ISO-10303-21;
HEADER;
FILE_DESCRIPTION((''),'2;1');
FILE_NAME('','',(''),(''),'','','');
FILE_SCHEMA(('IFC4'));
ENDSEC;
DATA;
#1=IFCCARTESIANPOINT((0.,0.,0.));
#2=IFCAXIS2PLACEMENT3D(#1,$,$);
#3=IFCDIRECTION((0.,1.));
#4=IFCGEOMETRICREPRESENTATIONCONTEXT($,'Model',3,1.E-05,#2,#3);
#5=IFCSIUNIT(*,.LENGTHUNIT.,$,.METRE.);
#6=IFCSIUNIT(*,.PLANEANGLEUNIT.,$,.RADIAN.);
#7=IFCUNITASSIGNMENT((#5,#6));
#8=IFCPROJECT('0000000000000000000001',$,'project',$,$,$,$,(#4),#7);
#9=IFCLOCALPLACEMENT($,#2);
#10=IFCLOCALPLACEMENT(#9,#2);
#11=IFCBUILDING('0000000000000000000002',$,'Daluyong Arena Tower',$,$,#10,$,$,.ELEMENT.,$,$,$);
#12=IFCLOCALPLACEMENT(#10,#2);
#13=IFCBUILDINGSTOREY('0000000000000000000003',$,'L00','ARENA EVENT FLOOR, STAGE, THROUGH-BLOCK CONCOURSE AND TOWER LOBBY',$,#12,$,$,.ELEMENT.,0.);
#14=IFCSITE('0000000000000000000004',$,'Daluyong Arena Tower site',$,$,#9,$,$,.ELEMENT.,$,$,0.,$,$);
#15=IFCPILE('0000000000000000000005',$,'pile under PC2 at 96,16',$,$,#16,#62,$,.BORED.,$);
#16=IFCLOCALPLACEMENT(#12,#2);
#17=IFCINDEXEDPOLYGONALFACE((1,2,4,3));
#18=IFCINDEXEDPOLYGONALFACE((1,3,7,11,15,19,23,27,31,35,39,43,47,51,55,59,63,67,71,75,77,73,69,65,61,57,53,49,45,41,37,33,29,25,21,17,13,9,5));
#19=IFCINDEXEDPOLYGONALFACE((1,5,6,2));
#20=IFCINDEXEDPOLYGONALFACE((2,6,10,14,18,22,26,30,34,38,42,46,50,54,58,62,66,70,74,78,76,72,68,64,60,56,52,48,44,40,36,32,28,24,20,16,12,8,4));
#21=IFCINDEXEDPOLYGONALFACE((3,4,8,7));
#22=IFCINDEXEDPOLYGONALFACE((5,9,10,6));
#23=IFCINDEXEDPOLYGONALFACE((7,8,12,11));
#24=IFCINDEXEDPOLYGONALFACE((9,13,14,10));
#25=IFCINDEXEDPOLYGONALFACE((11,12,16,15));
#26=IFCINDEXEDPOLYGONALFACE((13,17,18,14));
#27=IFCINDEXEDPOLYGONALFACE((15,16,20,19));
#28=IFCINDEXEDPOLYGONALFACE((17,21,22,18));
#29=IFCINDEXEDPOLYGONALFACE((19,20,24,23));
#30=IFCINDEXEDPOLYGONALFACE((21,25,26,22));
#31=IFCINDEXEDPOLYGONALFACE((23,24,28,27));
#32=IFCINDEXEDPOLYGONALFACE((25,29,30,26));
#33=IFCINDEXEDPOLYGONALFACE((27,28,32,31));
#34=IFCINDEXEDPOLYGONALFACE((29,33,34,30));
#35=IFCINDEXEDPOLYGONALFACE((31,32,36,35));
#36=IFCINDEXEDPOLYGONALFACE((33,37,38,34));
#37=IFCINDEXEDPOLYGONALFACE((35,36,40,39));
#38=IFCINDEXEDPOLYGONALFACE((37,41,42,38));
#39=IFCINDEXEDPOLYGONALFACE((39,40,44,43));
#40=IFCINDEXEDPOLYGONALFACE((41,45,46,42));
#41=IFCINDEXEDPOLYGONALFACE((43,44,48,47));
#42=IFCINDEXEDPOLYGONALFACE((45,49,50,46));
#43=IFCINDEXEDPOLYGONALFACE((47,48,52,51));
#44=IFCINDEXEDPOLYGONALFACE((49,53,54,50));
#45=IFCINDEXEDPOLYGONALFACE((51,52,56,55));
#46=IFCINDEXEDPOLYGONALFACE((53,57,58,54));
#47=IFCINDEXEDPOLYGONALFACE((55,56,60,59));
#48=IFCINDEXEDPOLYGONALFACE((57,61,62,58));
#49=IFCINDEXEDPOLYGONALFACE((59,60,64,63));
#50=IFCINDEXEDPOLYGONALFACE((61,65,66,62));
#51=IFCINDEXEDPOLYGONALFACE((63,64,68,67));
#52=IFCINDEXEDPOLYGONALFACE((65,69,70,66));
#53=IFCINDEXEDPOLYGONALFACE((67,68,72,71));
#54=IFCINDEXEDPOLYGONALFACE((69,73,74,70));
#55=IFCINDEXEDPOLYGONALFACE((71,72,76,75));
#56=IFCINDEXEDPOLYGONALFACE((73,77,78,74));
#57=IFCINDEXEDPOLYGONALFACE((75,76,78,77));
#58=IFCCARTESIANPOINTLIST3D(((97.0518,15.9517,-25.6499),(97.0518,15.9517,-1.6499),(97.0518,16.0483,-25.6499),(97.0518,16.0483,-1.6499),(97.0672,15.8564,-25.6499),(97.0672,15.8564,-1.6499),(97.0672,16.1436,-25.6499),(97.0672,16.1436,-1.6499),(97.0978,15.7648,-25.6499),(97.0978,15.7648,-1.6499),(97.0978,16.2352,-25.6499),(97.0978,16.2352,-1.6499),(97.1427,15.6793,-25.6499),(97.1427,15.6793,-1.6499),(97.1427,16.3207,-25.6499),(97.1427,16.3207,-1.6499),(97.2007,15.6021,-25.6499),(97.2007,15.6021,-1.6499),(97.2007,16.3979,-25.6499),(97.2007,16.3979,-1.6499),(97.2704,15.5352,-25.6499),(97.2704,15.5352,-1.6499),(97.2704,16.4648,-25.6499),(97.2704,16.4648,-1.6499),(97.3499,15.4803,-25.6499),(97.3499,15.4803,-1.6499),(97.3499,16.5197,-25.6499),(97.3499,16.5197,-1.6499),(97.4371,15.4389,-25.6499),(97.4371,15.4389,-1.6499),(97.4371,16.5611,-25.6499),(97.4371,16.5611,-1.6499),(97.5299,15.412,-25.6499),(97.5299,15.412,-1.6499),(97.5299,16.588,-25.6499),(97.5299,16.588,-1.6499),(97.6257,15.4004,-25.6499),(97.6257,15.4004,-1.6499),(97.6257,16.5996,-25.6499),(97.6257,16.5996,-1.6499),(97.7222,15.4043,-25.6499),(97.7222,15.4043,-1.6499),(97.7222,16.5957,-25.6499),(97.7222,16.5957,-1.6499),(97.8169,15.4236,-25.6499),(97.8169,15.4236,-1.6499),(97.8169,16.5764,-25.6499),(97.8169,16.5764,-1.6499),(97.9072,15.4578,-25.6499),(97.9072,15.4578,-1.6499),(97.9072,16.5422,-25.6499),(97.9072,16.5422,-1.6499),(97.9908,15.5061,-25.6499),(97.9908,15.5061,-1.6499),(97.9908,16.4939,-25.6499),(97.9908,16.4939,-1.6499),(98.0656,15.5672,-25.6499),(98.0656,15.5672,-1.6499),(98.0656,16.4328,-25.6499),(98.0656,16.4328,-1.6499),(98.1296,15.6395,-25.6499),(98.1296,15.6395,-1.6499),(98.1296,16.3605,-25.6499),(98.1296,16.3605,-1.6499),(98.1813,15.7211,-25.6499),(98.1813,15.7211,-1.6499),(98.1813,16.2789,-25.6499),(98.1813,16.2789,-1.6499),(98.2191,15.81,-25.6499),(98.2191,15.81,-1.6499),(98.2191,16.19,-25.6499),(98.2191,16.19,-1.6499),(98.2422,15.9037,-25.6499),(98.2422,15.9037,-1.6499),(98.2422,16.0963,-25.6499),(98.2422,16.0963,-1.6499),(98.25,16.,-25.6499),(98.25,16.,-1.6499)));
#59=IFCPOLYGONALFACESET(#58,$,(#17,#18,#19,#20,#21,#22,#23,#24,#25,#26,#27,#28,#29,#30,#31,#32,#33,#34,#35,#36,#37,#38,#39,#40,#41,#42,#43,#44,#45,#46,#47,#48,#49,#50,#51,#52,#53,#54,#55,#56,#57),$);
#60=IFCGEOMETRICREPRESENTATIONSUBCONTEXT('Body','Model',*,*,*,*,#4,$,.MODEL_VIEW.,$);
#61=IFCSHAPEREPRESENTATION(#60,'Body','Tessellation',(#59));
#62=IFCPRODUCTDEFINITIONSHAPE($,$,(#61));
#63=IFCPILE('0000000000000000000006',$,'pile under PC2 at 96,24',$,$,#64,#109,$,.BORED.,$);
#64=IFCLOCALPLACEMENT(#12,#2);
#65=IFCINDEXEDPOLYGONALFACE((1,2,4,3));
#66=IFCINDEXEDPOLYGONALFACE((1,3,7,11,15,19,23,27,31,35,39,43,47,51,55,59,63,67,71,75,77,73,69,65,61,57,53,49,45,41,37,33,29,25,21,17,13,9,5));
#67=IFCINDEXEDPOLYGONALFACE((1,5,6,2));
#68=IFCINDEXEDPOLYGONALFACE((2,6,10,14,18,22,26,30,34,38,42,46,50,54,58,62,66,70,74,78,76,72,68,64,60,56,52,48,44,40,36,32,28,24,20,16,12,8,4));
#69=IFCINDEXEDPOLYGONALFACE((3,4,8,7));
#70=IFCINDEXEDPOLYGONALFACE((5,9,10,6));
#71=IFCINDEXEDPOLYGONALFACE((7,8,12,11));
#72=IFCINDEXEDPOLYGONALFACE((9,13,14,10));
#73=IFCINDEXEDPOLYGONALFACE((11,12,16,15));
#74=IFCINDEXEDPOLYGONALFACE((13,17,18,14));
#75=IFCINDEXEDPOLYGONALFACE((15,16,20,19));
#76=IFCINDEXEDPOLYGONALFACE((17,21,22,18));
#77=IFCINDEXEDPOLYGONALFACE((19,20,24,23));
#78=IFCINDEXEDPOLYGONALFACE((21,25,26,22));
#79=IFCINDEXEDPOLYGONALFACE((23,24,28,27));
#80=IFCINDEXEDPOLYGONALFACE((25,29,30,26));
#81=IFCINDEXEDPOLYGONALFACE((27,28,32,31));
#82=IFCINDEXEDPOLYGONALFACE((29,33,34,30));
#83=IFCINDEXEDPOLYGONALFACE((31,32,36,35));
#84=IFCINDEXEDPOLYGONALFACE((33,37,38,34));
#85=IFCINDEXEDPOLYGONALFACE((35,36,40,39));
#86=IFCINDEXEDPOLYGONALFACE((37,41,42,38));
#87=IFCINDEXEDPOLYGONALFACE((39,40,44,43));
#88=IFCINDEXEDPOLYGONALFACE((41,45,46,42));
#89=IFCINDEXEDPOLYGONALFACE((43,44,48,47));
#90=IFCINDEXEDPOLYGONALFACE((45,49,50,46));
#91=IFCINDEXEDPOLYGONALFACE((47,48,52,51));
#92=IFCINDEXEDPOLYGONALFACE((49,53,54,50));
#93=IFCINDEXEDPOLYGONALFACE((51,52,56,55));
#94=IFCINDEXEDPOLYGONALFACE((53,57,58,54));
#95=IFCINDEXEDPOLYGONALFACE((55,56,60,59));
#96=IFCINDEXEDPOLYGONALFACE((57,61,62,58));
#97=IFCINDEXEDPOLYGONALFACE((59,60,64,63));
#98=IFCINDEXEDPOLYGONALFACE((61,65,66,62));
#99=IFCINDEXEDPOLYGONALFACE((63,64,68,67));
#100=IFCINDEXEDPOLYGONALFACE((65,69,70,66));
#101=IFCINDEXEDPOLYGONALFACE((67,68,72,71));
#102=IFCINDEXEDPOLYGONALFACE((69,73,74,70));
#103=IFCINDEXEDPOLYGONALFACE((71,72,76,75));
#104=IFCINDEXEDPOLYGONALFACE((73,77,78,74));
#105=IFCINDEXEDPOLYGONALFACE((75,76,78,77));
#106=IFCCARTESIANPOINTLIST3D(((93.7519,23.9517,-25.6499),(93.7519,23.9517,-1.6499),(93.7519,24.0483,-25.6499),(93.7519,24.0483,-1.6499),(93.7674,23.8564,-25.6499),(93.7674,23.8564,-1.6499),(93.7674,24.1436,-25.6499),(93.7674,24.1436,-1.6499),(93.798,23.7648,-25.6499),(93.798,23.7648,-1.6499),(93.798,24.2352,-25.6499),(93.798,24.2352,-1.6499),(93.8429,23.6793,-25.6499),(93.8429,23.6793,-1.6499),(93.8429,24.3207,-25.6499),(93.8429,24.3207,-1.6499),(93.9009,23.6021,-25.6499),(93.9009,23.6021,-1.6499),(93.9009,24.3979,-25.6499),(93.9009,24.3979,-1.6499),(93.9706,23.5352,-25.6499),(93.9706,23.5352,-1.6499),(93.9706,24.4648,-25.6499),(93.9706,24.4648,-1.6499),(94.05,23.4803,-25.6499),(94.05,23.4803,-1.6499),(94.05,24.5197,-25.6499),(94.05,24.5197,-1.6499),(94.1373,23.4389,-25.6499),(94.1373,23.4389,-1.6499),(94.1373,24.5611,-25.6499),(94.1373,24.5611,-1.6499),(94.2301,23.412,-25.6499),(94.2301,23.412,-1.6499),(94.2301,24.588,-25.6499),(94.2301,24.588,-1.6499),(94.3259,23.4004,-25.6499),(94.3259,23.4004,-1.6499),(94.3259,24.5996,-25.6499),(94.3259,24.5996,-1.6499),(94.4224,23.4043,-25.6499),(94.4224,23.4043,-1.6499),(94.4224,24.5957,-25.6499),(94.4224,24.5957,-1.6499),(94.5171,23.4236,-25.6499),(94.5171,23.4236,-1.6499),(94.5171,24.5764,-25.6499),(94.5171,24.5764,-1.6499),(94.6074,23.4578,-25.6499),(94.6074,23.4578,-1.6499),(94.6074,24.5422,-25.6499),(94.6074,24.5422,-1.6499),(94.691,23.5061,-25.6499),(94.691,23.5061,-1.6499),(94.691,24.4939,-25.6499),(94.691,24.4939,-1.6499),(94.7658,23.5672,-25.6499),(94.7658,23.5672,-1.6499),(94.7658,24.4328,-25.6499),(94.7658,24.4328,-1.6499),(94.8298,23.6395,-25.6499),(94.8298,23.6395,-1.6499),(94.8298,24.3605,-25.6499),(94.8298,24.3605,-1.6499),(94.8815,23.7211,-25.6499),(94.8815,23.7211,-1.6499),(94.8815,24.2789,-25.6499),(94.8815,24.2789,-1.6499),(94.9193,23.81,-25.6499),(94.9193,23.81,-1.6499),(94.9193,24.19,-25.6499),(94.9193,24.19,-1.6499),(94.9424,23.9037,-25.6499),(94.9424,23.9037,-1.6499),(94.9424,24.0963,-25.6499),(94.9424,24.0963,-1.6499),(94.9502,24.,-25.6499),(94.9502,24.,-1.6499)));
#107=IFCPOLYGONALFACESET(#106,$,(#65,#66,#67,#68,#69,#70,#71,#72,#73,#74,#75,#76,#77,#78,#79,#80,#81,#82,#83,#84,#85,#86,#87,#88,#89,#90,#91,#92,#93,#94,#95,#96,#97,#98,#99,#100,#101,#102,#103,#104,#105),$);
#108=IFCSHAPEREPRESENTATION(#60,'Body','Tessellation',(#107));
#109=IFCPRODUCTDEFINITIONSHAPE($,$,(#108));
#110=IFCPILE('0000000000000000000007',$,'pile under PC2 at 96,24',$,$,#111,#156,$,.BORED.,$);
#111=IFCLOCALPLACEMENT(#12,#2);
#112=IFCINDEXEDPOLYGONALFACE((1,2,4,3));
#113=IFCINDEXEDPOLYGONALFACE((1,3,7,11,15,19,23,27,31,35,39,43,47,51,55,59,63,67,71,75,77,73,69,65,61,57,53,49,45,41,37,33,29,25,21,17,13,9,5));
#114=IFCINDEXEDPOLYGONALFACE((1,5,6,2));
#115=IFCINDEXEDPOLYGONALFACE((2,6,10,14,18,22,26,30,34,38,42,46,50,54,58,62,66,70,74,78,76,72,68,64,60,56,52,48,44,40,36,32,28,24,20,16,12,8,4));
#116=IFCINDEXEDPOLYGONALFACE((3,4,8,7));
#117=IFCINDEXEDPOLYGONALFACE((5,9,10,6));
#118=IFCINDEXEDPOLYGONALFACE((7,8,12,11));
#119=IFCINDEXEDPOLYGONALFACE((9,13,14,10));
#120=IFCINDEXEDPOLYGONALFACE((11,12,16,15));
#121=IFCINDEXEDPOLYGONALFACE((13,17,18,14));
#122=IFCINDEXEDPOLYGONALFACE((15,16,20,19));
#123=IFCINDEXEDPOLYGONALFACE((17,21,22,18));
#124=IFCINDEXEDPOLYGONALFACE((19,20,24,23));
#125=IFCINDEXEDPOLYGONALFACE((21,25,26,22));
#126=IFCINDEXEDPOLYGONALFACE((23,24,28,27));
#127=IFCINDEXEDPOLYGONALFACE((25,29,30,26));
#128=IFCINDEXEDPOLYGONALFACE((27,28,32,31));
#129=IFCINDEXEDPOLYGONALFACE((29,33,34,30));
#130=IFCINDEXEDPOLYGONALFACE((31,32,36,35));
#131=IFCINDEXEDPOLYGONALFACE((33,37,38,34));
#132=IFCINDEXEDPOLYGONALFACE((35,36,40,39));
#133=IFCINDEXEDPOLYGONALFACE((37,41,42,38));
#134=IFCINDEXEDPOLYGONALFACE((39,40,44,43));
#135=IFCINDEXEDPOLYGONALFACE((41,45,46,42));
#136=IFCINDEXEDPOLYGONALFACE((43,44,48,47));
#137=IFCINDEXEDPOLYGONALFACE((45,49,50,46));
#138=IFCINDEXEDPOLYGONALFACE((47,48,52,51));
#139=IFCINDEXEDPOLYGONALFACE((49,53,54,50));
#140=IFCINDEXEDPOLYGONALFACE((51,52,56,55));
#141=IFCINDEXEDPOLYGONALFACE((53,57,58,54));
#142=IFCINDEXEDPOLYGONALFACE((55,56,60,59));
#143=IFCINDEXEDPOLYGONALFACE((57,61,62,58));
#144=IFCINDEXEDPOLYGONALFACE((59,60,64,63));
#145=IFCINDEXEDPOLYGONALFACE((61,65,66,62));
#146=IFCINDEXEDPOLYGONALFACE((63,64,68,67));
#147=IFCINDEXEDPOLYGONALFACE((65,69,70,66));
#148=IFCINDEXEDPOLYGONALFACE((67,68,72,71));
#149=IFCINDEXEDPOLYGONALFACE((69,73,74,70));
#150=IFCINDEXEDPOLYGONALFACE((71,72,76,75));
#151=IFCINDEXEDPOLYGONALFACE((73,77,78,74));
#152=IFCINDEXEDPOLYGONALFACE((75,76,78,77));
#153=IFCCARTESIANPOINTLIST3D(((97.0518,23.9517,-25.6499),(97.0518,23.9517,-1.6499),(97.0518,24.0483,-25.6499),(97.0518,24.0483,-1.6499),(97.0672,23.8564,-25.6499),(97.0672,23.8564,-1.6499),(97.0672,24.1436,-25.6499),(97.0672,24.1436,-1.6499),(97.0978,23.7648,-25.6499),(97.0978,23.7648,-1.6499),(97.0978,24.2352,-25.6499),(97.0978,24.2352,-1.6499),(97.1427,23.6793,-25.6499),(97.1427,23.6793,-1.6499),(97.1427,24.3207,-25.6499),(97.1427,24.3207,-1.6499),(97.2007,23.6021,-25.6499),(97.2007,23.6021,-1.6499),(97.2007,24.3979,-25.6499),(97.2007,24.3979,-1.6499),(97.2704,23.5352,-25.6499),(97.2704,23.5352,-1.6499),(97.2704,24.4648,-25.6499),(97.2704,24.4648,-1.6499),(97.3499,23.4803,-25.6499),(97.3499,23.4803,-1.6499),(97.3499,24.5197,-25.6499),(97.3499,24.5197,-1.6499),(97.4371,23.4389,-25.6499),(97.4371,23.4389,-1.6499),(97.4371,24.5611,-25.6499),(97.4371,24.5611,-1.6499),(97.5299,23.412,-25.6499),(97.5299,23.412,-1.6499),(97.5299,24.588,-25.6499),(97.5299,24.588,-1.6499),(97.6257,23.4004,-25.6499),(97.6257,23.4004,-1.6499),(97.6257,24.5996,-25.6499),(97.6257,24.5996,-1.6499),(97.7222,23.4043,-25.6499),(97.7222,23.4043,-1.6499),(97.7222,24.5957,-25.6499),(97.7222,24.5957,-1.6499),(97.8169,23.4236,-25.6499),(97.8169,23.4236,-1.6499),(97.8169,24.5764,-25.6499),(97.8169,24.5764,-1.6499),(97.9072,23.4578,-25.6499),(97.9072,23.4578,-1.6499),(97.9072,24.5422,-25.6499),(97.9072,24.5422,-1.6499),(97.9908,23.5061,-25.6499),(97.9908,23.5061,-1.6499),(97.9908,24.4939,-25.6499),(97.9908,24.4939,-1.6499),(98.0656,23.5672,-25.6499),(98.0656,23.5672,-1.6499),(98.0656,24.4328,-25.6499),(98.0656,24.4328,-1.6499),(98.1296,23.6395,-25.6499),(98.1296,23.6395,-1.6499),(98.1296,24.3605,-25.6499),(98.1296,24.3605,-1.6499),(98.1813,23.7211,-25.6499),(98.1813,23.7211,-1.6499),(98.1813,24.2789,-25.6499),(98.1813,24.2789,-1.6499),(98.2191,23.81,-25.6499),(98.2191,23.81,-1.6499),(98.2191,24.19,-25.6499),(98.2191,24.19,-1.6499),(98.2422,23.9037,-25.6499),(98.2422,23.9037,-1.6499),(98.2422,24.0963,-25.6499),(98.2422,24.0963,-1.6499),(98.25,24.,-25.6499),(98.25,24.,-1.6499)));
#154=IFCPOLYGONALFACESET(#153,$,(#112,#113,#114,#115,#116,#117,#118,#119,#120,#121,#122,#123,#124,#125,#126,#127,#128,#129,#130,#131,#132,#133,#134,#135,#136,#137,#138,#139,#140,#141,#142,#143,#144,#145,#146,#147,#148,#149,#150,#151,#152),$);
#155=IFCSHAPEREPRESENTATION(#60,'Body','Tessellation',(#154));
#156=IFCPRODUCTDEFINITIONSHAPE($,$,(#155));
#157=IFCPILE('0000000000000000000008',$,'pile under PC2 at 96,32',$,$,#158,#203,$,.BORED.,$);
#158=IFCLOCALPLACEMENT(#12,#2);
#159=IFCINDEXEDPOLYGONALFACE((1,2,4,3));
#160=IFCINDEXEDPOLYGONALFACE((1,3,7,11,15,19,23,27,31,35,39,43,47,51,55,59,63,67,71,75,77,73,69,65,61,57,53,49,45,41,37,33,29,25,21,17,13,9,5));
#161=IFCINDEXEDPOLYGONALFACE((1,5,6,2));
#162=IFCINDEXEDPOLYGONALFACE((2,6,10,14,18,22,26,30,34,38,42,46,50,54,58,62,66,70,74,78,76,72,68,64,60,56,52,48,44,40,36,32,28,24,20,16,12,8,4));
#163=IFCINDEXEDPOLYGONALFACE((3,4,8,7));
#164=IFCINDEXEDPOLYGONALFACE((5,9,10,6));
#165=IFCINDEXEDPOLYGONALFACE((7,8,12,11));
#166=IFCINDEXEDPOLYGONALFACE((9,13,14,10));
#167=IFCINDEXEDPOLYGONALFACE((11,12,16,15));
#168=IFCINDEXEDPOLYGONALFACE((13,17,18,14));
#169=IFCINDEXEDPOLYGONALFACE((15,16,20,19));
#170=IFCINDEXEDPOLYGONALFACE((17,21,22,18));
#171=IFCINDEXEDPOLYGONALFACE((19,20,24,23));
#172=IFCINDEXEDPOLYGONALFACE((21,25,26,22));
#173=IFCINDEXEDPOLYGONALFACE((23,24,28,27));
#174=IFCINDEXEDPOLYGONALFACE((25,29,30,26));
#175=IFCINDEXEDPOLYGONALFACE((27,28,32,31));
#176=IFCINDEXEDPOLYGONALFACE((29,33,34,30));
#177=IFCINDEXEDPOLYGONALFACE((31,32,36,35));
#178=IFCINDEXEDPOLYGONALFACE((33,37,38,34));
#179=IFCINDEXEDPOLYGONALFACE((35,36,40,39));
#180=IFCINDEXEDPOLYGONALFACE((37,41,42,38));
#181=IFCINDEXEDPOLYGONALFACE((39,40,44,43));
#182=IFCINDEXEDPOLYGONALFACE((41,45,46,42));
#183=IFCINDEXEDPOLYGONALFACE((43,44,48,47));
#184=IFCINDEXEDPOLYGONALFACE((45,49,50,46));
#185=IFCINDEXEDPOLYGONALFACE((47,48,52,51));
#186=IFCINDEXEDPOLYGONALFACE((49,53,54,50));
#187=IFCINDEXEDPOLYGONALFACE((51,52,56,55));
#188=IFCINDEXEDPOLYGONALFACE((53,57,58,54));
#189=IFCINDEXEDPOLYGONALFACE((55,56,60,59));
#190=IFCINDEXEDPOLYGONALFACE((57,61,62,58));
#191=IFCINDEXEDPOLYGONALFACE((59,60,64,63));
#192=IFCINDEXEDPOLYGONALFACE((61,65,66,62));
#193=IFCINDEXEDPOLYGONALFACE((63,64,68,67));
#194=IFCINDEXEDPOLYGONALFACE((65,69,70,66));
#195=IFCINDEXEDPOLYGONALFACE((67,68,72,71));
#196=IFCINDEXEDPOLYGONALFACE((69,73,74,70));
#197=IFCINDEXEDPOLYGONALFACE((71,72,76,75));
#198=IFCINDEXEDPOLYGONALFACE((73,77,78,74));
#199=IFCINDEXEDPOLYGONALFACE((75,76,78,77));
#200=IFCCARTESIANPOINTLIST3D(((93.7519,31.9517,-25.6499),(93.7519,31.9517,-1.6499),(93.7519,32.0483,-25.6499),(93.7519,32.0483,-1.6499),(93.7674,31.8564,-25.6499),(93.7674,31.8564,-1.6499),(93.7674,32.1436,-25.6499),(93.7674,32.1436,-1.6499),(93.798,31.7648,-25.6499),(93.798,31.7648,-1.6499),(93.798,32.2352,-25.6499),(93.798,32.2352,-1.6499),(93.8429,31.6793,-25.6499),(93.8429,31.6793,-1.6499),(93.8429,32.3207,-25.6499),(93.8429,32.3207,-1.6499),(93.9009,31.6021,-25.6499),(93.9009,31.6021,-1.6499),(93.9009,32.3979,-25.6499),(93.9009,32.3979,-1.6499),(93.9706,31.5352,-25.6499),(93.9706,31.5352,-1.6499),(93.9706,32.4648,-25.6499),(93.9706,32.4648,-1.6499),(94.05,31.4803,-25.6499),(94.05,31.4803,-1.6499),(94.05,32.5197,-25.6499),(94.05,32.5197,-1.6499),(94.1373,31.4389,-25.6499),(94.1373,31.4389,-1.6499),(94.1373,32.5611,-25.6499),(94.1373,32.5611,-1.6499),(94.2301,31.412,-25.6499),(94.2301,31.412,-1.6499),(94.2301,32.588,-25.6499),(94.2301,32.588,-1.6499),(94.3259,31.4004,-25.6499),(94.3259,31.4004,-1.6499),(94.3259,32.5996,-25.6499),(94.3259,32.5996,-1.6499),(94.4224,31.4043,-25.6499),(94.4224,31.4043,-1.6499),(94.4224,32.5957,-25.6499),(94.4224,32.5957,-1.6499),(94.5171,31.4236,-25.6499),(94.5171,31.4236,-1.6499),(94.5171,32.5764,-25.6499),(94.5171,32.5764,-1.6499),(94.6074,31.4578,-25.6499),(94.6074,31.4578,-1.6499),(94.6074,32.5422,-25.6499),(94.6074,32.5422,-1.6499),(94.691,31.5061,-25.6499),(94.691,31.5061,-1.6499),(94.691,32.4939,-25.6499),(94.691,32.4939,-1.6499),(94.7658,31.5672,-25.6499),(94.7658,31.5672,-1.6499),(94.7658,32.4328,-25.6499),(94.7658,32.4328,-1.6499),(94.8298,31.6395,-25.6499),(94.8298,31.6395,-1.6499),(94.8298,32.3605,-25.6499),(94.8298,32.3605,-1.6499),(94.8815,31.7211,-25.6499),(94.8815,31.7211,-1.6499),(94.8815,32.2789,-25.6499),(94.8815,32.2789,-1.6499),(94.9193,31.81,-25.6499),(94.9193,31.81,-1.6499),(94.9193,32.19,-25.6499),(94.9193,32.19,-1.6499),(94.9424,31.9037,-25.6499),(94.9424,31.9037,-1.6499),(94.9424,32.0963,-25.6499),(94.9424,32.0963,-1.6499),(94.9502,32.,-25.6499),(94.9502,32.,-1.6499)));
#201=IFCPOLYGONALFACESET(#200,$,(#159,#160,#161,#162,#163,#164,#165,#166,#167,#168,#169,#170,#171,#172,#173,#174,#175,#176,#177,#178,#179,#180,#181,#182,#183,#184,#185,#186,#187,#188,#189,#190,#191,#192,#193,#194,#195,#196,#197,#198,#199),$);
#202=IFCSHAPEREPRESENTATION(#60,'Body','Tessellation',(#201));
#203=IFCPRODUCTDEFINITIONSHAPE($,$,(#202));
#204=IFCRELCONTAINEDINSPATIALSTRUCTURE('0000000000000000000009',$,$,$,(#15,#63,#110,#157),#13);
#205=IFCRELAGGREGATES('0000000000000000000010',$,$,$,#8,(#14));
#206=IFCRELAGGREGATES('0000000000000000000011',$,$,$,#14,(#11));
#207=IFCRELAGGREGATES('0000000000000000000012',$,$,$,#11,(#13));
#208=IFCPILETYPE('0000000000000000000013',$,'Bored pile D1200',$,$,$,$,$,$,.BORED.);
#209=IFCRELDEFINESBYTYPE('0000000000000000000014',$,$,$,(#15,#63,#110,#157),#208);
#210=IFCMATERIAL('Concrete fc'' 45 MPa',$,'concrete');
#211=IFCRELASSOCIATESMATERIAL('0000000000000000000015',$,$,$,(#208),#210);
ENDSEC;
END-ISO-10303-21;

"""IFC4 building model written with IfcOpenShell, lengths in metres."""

from ifc_helpers import new_model, si_unit, direction, frame, origin, origin_2d, place, context, subcontext, project, spatial, circle, extrude, material, type_object, element, save


model = new_model("IFC4")

# Units and contexts
model_context = context("Model", 3, precision=1e-05, world=origin(), true_north=direction((0.0, 1.0)))
body_context = subcontext(model_context, "Body", "Model", "MODEL_VIEW")
ifc_project = project(units=[si_unit("LENGTHUNIT", "METRE"), si_unit("PLANEANGLEUNIT", "RADIAN")], contexts=[model_context])

# Site, building, storey
site_placement = place(None, origin())
site = spatial("IfcSite", under=ifc_project, at=site_placement, Name="Daluyong Arena Tower site", CompositionType="ELEMENT", RefElevation=0.0)
building_placement = place(site_placement, origin())
building = spatial("IfcBuilding", under=site, at=building_placement, Name="Daluyong Arena Tower", CompositionType="ELEMENT")
storey_placement = place(building_placement, origin())
storey = spatial("IfcBuildingStorey", under=building, at=storey_placement, Name="L00", Description="ARENA EVENT FLOOR, STAGE, THROUGH-BLOCK CONCOURSE AND TOWER LOBBY", CompositionType="ELEMENT", Elevation=0.0)

# Piles
ifc_material_1 = material(Name="Concrete fc' 45 MPa", Category="concrete")
pile_type = type_object("IfcPileType", Name="Bored pile D1200", PredefinedType="BORED", material=ifc_material_1)
for number, where, z_axis, x_axis, name in (
    (1, (97.6499, 16.0, -1.6499), (0.0, 0.0, -1.0), (1.0, 0.0, 0.0), "pile under PC2 at 96,16"),
    (2, (94.3501, 24.0, -1.6499), (0.0, 0.0, -1.0), (1.0, 0.0, 0.0), "pile under PC2 at 96,24"),
    (3, (97.6499, 24.0, -1.6499), (0.0, 0.0, -1.0), (1.0, 0.0, 0.0), "pile under PC2 at 96,24"),
    (4, (94.3501, 32.0, -1.6499), (0.0, 0.0, -1.0), (1.0, 0.0, 0.0), "pile under PC2 at 96,32"),
):
    element("IfcPile", number, at=place(storey_placement, frame(where, z_axis=z_axis, x_axis=x_axis)), inside=storey, type_object=pile_type, Name=name, PredefinedType="BORED", context=body_context, shape_type="SweptSolid", body=[
        extrude(circle(Radius=0.6001, at=origin_2d()), origin(), (0.0, 0.0, 1.0), 24.0),
    ])

save(model, "model.ifc")
